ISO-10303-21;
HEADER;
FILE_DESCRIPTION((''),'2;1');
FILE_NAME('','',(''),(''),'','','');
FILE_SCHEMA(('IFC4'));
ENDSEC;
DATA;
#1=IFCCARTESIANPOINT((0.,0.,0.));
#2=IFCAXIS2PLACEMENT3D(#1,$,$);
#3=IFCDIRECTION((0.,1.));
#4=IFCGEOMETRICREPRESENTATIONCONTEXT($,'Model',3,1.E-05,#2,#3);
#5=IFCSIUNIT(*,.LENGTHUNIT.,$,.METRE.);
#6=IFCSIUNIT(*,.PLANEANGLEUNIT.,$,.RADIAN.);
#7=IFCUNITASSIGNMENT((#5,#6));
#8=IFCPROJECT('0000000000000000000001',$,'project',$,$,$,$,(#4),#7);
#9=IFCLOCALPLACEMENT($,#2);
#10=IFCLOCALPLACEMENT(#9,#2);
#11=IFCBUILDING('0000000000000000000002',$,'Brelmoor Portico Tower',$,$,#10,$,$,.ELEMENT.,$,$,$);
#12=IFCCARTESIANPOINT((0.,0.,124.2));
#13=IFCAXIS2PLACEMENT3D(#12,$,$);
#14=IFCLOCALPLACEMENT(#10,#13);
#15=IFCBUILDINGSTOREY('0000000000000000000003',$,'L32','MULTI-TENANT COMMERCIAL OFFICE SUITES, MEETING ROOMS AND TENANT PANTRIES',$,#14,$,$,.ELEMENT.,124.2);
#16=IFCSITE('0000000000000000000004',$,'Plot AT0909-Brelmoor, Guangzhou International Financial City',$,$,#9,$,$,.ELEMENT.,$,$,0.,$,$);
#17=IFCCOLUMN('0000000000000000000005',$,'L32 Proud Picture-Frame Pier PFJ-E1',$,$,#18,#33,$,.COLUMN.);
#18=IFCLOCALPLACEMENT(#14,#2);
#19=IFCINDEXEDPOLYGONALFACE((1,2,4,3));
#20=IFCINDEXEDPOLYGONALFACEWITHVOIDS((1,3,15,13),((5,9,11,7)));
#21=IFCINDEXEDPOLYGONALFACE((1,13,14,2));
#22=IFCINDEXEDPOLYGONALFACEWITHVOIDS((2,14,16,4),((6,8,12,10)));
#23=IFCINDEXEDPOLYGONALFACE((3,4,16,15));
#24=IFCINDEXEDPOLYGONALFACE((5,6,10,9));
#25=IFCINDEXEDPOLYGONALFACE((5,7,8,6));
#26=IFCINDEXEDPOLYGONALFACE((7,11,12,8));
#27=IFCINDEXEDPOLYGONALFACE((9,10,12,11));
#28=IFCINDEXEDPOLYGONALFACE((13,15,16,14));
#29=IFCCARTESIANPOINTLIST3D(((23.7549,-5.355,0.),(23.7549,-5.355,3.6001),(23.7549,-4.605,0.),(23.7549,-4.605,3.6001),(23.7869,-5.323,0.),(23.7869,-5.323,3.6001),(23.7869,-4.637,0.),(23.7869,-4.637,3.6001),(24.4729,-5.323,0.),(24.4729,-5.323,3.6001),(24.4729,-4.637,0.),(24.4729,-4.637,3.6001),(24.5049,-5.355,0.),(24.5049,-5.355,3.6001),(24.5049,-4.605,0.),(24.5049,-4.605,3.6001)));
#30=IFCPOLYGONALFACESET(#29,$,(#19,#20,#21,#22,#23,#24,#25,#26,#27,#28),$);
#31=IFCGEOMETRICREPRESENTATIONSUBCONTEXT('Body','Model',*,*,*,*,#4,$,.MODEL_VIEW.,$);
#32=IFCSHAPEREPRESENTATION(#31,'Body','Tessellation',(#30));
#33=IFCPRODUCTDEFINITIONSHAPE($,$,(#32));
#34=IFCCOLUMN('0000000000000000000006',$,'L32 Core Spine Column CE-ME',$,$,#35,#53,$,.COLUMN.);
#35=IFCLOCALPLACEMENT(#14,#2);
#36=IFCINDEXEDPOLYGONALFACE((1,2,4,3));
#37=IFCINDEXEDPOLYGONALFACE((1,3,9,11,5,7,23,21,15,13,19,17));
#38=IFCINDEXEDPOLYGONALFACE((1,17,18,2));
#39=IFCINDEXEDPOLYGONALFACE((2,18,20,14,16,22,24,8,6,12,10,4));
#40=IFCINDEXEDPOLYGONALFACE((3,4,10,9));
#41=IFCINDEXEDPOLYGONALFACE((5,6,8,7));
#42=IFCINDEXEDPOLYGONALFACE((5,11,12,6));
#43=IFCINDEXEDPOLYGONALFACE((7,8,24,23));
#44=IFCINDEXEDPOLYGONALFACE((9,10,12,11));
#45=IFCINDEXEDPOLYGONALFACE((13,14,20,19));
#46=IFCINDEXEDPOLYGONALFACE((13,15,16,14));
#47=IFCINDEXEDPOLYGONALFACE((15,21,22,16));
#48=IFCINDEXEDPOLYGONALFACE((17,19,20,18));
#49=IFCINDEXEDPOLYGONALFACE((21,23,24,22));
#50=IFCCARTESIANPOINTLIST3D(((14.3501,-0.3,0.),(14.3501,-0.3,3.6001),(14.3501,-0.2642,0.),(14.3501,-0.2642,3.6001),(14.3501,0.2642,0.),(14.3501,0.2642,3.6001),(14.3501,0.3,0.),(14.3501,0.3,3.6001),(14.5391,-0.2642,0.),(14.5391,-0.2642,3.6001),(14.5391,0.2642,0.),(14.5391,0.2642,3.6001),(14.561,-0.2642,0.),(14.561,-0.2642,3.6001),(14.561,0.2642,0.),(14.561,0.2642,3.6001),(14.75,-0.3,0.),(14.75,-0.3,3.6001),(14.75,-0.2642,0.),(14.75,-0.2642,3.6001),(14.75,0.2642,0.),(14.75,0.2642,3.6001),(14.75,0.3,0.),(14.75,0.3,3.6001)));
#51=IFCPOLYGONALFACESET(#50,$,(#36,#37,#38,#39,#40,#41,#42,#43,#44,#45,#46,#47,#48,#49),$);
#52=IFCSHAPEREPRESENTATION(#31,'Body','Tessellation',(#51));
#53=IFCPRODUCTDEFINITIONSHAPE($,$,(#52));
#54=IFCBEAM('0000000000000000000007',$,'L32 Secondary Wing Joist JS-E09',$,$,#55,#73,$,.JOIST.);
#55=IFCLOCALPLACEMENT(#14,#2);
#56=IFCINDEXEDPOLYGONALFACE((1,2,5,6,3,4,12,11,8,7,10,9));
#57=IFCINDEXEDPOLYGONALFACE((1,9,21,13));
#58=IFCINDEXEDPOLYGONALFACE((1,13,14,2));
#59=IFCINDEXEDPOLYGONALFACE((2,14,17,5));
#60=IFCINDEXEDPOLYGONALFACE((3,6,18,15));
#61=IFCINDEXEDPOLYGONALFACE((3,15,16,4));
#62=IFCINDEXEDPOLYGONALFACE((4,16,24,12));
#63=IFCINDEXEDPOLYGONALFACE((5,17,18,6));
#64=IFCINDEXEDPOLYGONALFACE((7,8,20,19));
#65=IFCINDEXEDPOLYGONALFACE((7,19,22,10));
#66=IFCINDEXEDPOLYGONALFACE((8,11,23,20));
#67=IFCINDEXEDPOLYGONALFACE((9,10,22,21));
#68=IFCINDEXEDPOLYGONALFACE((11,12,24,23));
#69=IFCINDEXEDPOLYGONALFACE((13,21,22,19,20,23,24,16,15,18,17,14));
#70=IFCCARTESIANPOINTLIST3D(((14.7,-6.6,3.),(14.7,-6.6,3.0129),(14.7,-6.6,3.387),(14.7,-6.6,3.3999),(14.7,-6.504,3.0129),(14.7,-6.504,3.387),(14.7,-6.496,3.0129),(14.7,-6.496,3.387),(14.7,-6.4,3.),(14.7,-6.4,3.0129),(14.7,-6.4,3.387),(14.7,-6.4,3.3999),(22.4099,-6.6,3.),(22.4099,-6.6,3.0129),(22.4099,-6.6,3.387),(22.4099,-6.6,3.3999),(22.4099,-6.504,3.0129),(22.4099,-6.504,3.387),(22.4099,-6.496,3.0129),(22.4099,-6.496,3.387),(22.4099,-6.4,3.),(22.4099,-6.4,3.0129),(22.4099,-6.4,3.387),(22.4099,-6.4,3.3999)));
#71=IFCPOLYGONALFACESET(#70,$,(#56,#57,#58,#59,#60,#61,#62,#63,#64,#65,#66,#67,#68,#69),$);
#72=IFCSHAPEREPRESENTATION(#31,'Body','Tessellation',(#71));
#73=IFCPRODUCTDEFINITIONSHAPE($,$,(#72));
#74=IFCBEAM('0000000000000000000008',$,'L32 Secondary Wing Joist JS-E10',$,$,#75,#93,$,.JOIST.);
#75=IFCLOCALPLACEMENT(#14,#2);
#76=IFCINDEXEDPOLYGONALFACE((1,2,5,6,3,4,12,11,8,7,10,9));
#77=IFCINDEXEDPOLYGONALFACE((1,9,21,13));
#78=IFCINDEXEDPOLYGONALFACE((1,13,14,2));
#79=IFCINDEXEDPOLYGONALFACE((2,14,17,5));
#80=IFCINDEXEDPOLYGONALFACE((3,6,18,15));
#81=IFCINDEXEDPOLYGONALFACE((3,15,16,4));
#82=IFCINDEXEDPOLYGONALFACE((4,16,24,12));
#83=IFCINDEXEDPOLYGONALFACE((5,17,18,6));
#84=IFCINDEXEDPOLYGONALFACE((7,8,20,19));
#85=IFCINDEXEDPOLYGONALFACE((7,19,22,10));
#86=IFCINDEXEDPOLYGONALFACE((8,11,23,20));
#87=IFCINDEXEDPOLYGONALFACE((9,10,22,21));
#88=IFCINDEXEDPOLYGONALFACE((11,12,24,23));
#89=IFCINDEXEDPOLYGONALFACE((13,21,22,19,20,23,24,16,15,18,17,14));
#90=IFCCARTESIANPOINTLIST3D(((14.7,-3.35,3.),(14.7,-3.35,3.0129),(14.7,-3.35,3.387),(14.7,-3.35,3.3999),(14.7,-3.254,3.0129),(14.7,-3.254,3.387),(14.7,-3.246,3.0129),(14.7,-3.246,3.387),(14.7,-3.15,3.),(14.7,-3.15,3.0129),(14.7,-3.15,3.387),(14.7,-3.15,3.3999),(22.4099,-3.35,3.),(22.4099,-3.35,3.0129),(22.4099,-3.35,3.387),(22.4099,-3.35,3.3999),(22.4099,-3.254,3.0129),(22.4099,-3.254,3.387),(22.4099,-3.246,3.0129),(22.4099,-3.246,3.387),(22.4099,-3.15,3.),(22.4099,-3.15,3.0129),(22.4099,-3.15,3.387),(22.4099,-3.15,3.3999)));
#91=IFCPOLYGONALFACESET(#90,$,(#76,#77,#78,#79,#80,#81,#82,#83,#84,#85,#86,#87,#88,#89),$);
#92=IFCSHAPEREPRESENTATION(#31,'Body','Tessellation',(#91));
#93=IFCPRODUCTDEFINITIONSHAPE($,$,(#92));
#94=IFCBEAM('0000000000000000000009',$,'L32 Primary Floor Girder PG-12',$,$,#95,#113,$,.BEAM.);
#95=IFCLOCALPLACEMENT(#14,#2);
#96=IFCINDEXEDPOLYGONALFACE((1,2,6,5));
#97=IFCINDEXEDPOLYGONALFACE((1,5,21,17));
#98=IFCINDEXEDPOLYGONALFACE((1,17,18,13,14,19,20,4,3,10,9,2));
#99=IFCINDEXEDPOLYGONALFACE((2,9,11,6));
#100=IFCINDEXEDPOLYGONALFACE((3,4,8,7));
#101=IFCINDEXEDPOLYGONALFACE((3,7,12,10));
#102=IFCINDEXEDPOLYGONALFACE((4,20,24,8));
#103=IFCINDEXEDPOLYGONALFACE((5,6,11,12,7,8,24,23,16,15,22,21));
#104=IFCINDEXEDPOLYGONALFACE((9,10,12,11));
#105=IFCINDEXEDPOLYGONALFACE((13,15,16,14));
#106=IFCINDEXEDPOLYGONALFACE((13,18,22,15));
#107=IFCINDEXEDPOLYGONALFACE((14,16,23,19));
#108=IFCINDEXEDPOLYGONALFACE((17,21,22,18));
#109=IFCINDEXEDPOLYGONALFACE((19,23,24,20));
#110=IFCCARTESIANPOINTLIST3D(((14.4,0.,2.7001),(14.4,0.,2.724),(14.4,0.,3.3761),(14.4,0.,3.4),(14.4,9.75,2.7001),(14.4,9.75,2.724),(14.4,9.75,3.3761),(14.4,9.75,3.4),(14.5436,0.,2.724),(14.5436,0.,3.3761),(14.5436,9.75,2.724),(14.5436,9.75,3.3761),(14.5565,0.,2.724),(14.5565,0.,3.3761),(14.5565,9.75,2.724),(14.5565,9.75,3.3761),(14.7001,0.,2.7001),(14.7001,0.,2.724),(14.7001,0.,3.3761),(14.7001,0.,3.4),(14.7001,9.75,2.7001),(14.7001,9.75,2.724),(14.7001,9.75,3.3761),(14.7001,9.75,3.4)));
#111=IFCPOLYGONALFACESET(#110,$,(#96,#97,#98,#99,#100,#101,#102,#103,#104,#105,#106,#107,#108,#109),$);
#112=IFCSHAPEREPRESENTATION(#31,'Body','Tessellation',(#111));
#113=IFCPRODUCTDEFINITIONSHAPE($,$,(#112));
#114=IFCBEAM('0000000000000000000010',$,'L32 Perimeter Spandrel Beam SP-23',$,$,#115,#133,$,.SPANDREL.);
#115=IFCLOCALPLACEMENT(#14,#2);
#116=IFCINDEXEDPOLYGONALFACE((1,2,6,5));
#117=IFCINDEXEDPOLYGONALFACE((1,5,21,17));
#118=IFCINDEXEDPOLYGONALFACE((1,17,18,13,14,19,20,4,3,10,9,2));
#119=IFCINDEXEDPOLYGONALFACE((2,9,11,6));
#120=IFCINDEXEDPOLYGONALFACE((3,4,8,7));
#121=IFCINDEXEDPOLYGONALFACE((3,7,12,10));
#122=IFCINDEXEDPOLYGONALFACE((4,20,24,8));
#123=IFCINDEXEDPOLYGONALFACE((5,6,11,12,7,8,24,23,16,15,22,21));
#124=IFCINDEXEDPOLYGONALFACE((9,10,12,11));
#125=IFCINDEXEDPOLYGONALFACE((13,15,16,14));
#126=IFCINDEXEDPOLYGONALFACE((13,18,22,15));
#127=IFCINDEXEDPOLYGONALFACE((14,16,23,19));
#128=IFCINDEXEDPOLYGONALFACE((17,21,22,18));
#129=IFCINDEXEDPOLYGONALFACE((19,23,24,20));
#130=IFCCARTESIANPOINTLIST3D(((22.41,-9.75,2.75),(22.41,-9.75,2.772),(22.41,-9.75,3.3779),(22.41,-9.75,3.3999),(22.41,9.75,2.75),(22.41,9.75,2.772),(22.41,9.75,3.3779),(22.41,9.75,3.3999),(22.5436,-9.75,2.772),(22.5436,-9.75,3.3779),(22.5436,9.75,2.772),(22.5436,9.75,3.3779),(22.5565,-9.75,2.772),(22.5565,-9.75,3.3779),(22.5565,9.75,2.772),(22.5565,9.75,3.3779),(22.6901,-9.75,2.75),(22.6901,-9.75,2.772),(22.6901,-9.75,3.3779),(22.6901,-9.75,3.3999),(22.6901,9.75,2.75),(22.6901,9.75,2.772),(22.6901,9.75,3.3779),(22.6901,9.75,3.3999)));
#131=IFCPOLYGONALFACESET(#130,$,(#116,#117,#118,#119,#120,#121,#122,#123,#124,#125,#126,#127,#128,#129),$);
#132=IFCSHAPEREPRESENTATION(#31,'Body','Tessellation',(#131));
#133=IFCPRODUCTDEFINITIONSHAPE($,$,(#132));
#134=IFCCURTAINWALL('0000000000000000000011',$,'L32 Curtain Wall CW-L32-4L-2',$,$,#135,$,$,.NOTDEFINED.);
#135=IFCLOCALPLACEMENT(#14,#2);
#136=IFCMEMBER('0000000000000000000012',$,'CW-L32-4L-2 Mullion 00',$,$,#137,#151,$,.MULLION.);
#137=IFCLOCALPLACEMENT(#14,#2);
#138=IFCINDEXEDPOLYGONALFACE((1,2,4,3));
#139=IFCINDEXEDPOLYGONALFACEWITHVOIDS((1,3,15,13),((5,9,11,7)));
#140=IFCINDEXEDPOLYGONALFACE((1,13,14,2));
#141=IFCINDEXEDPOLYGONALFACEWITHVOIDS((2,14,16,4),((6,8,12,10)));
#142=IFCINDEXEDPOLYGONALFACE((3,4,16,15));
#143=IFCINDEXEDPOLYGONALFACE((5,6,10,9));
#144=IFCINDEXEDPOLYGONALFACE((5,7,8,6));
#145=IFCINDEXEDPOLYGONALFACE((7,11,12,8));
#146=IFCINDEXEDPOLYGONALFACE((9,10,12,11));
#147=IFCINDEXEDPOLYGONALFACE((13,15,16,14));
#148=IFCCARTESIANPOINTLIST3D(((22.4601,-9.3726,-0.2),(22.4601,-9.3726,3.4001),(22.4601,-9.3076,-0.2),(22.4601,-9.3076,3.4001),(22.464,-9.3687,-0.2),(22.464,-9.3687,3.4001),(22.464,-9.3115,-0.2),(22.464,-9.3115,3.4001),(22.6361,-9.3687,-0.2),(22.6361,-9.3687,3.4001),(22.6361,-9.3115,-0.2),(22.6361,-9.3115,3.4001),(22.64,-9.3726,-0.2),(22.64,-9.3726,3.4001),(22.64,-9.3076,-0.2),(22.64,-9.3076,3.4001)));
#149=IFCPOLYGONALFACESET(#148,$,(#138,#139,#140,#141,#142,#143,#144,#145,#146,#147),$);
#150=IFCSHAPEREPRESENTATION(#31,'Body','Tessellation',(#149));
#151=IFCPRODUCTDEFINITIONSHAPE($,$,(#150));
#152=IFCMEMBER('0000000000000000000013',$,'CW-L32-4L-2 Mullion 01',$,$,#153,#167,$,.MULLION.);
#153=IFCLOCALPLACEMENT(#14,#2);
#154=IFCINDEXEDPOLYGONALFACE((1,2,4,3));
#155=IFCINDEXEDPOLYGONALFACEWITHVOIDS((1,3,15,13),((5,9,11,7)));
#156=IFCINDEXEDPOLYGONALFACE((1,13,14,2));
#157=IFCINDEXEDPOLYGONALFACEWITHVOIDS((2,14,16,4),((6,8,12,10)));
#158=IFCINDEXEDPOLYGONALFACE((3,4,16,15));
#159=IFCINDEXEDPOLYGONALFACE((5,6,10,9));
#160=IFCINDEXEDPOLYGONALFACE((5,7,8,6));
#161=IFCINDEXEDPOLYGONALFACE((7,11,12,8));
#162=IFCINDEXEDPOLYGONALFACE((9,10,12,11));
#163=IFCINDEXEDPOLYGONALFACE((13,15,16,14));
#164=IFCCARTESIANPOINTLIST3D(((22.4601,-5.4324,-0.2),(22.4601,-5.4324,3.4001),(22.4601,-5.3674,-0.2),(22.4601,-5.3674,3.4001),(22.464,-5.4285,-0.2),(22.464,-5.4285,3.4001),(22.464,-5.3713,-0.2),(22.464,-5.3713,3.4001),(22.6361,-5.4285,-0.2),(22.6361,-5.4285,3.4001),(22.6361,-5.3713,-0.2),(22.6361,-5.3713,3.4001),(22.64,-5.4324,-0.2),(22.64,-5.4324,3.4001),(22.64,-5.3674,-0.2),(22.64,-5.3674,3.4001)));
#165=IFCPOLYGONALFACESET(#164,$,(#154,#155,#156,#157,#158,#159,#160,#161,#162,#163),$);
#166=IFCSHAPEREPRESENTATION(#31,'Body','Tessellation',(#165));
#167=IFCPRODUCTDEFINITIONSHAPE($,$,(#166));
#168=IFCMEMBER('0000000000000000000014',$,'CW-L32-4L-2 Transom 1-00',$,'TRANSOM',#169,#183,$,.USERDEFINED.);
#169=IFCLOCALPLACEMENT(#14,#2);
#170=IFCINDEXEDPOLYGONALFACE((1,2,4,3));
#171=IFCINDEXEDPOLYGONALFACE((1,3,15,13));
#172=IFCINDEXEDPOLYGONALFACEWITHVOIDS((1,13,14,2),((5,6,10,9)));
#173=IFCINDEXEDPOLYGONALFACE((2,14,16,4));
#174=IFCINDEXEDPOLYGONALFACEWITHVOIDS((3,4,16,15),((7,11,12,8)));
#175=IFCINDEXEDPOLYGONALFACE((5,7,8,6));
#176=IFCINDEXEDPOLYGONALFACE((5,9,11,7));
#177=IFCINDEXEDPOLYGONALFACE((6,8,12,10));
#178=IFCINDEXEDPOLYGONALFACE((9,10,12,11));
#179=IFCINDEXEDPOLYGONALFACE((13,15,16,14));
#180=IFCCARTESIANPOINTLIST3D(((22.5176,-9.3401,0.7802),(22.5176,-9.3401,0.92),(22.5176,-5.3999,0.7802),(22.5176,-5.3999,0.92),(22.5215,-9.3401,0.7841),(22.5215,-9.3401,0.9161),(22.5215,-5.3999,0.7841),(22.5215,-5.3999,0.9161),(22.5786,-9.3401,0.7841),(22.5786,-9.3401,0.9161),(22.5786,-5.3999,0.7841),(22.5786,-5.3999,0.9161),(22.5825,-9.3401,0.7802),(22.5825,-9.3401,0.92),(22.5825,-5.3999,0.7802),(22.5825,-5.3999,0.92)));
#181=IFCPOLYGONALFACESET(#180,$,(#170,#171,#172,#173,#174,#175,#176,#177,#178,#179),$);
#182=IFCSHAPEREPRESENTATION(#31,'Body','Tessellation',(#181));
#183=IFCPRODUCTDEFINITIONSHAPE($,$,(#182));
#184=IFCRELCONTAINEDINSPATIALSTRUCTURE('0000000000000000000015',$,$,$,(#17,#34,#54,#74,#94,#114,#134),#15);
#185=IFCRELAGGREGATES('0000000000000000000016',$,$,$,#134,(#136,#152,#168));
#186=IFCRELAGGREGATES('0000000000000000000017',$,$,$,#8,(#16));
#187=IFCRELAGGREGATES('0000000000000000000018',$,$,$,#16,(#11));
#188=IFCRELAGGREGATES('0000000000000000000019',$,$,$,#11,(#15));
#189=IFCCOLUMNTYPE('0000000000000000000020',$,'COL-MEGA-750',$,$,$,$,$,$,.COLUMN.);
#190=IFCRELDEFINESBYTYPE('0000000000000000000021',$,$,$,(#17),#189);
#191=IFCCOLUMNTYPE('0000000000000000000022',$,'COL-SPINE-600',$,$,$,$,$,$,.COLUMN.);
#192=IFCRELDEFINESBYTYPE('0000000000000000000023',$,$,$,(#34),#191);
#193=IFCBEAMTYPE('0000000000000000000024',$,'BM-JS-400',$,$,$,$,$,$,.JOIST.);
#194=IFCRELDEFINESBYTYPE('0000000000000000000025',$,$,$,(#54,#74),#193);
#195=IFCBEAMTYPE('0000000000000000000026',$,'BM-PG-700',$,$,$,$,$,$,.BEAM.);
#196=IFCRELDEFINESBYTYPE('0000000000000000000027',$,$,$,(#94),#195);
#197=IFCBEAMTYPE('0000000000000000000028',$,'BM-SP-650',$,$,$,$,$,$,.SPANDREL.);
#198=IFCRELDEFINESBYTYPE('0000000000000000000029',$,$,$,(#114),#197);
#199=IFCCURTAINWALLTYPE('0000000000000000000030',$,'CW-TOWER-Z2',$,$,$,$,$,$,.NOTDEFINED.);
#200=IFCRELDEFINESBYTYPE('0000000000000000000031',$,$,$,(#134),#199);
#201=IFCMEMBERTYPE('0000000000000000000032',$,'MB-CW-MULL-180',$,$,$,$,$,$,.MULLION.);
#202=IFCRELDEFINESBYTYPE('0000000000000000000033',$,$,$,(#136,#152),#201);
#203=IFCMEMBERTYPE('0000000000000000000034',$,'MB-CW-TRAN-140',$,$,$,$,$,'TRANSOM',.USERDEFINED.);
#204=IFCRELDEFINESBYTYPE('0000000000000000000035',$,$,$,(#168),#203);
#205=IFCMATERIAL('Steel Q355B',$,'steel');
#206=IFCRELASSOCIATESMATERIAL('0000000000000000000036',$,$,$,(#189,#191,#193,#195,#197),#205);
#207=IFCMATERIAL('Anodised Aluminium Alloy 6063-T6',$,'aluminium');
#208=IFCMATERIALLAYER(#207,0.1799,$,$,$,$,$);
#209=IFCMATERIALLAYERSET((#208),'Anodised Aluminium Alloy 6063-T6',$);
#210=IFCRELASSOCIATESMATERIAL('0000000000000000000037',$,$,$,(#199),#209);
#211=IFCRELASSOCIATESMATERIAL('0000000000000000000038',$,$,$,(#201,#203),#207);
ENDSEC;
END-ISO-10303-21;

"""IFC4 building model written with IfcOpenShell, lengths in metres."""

from ifc_helpers import new_model, si_unit, direction, frame, origin, origin_2d, place, context, subcontext, project, spatial, hollow_rectangle, i_section, extrude, material, layer, layer_set, material_profile, profile_set, type_object, element, aggregate, save


model = new_model("IFC4")

# Units and contexts
model_context = context("Model", 3, precision=1e-05, world=origin(), true_north=direction((0.0, 1.0)))
body_context = subcontext(model_context, "Body", "Model", "MODEL_VIEW")
ifc_project = project(units=[si_unit("LENGTHUNIT", "METRE"), si_unit("PLANEANGLEUNIT", "RADIAN")], contexts=[model_context])

# Site, building, storey
site_placement = place(None, origin())
site = spatial("IfcSite", under=ifc_project, at=site_placement, Name="Plot AT0909-Brelmoor, Guangzhou International Financial City", CompositionType="ELEMENT", RefElevation=0.0)
building_placement = place(site_placement, origin())
building = spatial("IfcBuilding", under=site, at=building_placement, Name="Brelmoor Portico Tower", CompositionType="ELEMENT")
storey_placement = place(building_placement, frame((0.0, 0.0, 124.2)))
storey = spatial("IfcBuildingStorey", under=building, at=storey_placement, Name="L32", Description="MULTI-TENANT COMMERCIAL OFFICE SUITES, MEETING ROOMS AND TENANT PANTRIES", CompositionType="ELEMENT", Elevation=124.2)

# Columns
ifc_material_1 = material(Name="Steel Q355B", Category="steel")
ifc_material_profile_1 = material_profile(ifc_material_1, hollow_rectangle(XDim=0.75, YDim=0.75, WallThickness=0.032, at=origin_2d()), Name="BOX 750x750x32")
ifc_profile_set_1 = profile_set([ifc_material_profile_1], Name="Steel Q355B")
column_type_1 = type_object("IfcColumnType", Name="COL-MEGA-750", PredefinedType="COLUMN", material=ifc_profile_set_1)
column_1_placement = place(storey_placement, frame((24.1299, -4.98, 0.0), z_axis=(0.0, 0.0, 1.0), x_axis=(0.0, 1.0, 0.0)))
element("IfcColumn", 1, at=column_1_placement, inside=storey, type_object=column_type_1, Name="L32 Proud Picture-Frame Pier PFJ-E1", PredefinedType="COLUMN", context=body_context, shape_type="SweptSolid", body=[
    extrude(hollow_rectangle(XDim=0.75, YDim=0.75, WallThickness=0.032, at=origin_2d()), origin(), (0.0, 0.0, 1.0), 3.6001),
])
ifc_material_profile_2 = material_profile(ifc_material_1, i_section(OverallWidth=0.3999, OverallDepth=0.6001, WebThickness=0.022, FlangeThickness=0.0359, at=origin_2d()), Name="HW 600x400x22x36")
ifc_profile_set_2 = profile_set([ifc_material_profile_2], Name="Steel Q355B")
column_type_2 = type_object("IfcColumnType", Name="COL-SPINE-600", PredefinedType="COLUMN", material=ifc_profile_set_2)
column_2_placement = place(storey_placement, frame((14.55, 0.0, 0.0), z_axis=(0.0, 0.0, 1.0), x_axis=(1.0, 0.0, 0.0)))
element("IfcColumn", 2, at=column_2_placement, inside=storey, type_object=column_type_2, Name="L32 Core Spine Column CE-ME", PredefinedType="COLUMN", context=body_context, shape_type="SweptSolid", body=[
    extrude(i_section(OverallWidth=0.3999, OverallDepth=0.6001, WebThickness=0.022, FlangeThickness=0.0359, at=origin_2d()), origin(), (0.0, 0.0, 1.0), 3.6001),
])

# Beams
ifc_material_profile_3 = material_profile(ifc_material_1, i_section(OverallWidth=0.2, OverallDepth=0.3999, WebThickness=0.0081, FlangeThickness=0.0129, at=origin_2d()), Name="HN 400x200x8x13")
ifc_profile_set_3 = profile_set([ifc_material_profile_3], Name="Steel Q355B")
beam_type_1 = type_object("IfcBeamType", Name="BM-JS-400", PredefinedType="JOIST", material=ifc_profile_set_3)
for number, where, z_axis, x_axis, name in (
    (3, (14.7, -6.5, 3.2), (1.0, 0.0, 0.0), (0.0, 1.0, 0.0), "L32 Secondary Wing Joist JS-E09"),
    (4, (14.7, -3.25, 3.2), (1.0, 0.0, 0.0), (0.0, 1.0, 0.0), "L32 Secondary Wing Joist JS-E10"),
):
    element("IfcBeam", number, at=place(storey_placement, frame(where, z_axis=z_axis, x_axis=x_axis)), inside=storey, type_object=beam_type_1, Name=name, PredefinedType="JOIST", context=body_context, shape_type="SweptSolid", body=[
        extrude(i_section(OverallWidth=0.2, OverallDepth=0.3999, WebThickness=0.0081, FlangeThickness=0.0129, at=origin_2d()), origin(), (0.0, 0.0, 1.0), 7.71),
    ])
ifc_material_profile_4 = material_profile(ifc_material_1, i_section(OverallWidth=0.3, OverallDepth=0.7, WebThickness=0.0129, FlangeThickness=0.0239, at=origin_2d()), Name="HN 700x300x13x24")
ifc_profile_set_4 = profile_set([ifc_material_profile_4], Name="Steel Q355B")
beam_type_2 = type_object("IfcBeamType", Name="BM-PG-700", PredefinedType="BEAM", material=ifc_profile_set_4)
beam_1_placement = place(storey_placement, frame((14.55, 0.0, 3.05), z_axis=(0.0, 1.0, 0.0), x_axis=(-1.0, 0.0, 0.0)))
element("IfcBeam", 5, at=beam_1_placement, inside=storey, type_object=beam_type_2, Name="L32 Primary Floor Girder PG-12", PredefinedType="BEAM", context=body_context, shape_type="SweptSolid", body=[
    extrude(i_section(OverallWidth=0.3, OverallDepth=0.7, WebThickness=0.0129, FlangeThickness=0.0239, at=origin_2d()), origin(), (0.0, 0.0, 1.0), 9.75),
])
ifc_material_profile_5 = material_profile(ifc_material_1, i_section(OverallWidth=0.28, OverallDepth=0.6499, WebThickness=0.0129, FlangeThickness=0.022, at=origin_2d()), Name="HN 650x280x13x22")
ifc_profile_set_5 = profile_set([ifc_material_profile_5], Name="Steel Q355B")
beam_type_3 = type_object("IfcBeamType", Name="BM-SP-650", PredefinedType="SPANDREL", material=ifc_profile_set_5)
beam_2_placement = place(storey_placement, frame((22.55, -9.75, 3.075), z_axis=(0.0, 1.0, 0.0), x_axis=(-1.0, 0.0, 0.0)))
element("IfcBeam", 6, at=beam_2_placement, inside=storey, type_object=beam_type_3, Name="L32 Perimeter Spandrel Beam SP-23", PredefinedType="SPANDREL", context=body_context, shape_type="SweptSolid", body=[
    extrude(i_section(OverallWidth=0.28, OverallDepth=0.6499, WebThickness=0.0129, FlangeThickness=0.022, at=origin_2d()), origin(), (0.0, 0.0, 1.0), 19.5),
])

# Curtain wall, members
ifc_material_2 = material(Name="Anodised Aluminium Alloy 6063-T6", Category="aluminium")
ifc_layer_1 = layer(ifc_material_2, 0.1799)
ifc_layer_set_1 = layer_set([ifc_layer_1], Name="Anodised Aluminium Alloy 6063-T6")
curtain_wall_type = type_object("IfcCurtainWallType", Name="CW-TOWER-Z2", PredefinedType="NOTDEFINED", material=ifc_layer_set_1)
curtain_wall_placement = place(storey_placement, origin())
curtain_wall = element("IfcCurtainWall", 7, at=curtain_wall_placement, inside=storey, type_object=curtain_wall_type, Name="L32 Curtain Wall CW-L32-4L-2", PredefinedType="NOTDEFINED")
ifc_material_profile_6 = material_profile(ifc_material_2, hollow_rectangle(XDim=0.0649, YDim=0.1799, WallThickness=0.0039, at=origin_2d()), Name="ALU MULLION 65x180")
ifc_profile_set_6 = profile_set([ifc_material_profile_6], Name="Anodised Aluminium Alloy 6063-T6")
member_type_1 = type_object("IfcMemberType", Name="MB-CW-MULL-180", PredefinedType="MULLION", material=ifc_profile_set_6)
member_1_placement = place(storey_placement, frame((22.55, -9.3401, -0.2), z_axis=(0.0, 0.0, 1.0), x_axis=(0.0, 1.0, 0.0)))
member_1 = element("IfcMember", 8, at=member_1_placement, type_object=member_type_1, Name="CW-L32-4L-2 Mullion 00", PredefinedType="MULLION", context=body_context, shape_type="SweptSolid", body=[
    extrude(hollow_rectangle(XDim=0.0649, YDim=0.1799, WallThickness=0.0039, at=origin_2d()), origin(), (0.0, 0.0, 1.0), 3.6001),
])
member_2_placement = place(storey_placement, frame((22.55, -5.3999, -0.2), z_axis=(0.0, 0.0, 1.0), x_axis=(0.0, 1.0, 0.0)))
member_2 = element("IfcMember", 9, at=member_2_placement, type_object=member_type_1, Name="CW-L32-4L-2 Mullion 01", PredefinedType="MULLION", context=body_context, shape_type="SweptSolid", body=[
    extrude(hollow_rectangle(XDim=0.0649, YDim=0.1799, WallThickness=0.0039, at=origin_2d()), origin(), (0.0, 0.0, 1.0), 3.6001),
])
ifc_material_profile_7 = material_profile(ifc_material_2, hollow_rectangle(XDim=0.0649, YDim=0.1399, WallThickness=0.0039, at=origin_2d()), Name="ALU TRANSOM 65x140")
ifc_profile_set_7 = profile_set([ifc_material_profile_7], Name="Anodised Aluminium Alloy 6063-T6")
member_type_2 = type_object("IfcMemberType", Name="MB-CW-TRAN-140", ElementType="TRANSOM", PredefinedType="USERDEFINED", material=ifc_profile_set_7)
member_3_placement = place(storey_placement, frame((22.55, -9.3401, 0.8501), z_axis=(0.0, 1.0, 0.0), x_axis=(-1.0, 0.0, 0.0)))
member_3 = element("IfcMember", 10, at=member_3_placement, type_object=member_type_2, Name="CW-L32-4L-2 Transom 1-00", ObjectType="TRANSOM", PredefinedType="USERDEFINED", context=body_context, shape_type="SweptSolid", body=[
    extrude(hollow_rectangle(XDim=0.0649, YDim=0.1399, WallThickness=0.0039, at=origin_2d()), origin(), (0.0, 0.0, 1.0), 3.9402),
])

aggregate(curtain_wall, [member_1, member_2, member_3])

save(model, "model.ifc")
